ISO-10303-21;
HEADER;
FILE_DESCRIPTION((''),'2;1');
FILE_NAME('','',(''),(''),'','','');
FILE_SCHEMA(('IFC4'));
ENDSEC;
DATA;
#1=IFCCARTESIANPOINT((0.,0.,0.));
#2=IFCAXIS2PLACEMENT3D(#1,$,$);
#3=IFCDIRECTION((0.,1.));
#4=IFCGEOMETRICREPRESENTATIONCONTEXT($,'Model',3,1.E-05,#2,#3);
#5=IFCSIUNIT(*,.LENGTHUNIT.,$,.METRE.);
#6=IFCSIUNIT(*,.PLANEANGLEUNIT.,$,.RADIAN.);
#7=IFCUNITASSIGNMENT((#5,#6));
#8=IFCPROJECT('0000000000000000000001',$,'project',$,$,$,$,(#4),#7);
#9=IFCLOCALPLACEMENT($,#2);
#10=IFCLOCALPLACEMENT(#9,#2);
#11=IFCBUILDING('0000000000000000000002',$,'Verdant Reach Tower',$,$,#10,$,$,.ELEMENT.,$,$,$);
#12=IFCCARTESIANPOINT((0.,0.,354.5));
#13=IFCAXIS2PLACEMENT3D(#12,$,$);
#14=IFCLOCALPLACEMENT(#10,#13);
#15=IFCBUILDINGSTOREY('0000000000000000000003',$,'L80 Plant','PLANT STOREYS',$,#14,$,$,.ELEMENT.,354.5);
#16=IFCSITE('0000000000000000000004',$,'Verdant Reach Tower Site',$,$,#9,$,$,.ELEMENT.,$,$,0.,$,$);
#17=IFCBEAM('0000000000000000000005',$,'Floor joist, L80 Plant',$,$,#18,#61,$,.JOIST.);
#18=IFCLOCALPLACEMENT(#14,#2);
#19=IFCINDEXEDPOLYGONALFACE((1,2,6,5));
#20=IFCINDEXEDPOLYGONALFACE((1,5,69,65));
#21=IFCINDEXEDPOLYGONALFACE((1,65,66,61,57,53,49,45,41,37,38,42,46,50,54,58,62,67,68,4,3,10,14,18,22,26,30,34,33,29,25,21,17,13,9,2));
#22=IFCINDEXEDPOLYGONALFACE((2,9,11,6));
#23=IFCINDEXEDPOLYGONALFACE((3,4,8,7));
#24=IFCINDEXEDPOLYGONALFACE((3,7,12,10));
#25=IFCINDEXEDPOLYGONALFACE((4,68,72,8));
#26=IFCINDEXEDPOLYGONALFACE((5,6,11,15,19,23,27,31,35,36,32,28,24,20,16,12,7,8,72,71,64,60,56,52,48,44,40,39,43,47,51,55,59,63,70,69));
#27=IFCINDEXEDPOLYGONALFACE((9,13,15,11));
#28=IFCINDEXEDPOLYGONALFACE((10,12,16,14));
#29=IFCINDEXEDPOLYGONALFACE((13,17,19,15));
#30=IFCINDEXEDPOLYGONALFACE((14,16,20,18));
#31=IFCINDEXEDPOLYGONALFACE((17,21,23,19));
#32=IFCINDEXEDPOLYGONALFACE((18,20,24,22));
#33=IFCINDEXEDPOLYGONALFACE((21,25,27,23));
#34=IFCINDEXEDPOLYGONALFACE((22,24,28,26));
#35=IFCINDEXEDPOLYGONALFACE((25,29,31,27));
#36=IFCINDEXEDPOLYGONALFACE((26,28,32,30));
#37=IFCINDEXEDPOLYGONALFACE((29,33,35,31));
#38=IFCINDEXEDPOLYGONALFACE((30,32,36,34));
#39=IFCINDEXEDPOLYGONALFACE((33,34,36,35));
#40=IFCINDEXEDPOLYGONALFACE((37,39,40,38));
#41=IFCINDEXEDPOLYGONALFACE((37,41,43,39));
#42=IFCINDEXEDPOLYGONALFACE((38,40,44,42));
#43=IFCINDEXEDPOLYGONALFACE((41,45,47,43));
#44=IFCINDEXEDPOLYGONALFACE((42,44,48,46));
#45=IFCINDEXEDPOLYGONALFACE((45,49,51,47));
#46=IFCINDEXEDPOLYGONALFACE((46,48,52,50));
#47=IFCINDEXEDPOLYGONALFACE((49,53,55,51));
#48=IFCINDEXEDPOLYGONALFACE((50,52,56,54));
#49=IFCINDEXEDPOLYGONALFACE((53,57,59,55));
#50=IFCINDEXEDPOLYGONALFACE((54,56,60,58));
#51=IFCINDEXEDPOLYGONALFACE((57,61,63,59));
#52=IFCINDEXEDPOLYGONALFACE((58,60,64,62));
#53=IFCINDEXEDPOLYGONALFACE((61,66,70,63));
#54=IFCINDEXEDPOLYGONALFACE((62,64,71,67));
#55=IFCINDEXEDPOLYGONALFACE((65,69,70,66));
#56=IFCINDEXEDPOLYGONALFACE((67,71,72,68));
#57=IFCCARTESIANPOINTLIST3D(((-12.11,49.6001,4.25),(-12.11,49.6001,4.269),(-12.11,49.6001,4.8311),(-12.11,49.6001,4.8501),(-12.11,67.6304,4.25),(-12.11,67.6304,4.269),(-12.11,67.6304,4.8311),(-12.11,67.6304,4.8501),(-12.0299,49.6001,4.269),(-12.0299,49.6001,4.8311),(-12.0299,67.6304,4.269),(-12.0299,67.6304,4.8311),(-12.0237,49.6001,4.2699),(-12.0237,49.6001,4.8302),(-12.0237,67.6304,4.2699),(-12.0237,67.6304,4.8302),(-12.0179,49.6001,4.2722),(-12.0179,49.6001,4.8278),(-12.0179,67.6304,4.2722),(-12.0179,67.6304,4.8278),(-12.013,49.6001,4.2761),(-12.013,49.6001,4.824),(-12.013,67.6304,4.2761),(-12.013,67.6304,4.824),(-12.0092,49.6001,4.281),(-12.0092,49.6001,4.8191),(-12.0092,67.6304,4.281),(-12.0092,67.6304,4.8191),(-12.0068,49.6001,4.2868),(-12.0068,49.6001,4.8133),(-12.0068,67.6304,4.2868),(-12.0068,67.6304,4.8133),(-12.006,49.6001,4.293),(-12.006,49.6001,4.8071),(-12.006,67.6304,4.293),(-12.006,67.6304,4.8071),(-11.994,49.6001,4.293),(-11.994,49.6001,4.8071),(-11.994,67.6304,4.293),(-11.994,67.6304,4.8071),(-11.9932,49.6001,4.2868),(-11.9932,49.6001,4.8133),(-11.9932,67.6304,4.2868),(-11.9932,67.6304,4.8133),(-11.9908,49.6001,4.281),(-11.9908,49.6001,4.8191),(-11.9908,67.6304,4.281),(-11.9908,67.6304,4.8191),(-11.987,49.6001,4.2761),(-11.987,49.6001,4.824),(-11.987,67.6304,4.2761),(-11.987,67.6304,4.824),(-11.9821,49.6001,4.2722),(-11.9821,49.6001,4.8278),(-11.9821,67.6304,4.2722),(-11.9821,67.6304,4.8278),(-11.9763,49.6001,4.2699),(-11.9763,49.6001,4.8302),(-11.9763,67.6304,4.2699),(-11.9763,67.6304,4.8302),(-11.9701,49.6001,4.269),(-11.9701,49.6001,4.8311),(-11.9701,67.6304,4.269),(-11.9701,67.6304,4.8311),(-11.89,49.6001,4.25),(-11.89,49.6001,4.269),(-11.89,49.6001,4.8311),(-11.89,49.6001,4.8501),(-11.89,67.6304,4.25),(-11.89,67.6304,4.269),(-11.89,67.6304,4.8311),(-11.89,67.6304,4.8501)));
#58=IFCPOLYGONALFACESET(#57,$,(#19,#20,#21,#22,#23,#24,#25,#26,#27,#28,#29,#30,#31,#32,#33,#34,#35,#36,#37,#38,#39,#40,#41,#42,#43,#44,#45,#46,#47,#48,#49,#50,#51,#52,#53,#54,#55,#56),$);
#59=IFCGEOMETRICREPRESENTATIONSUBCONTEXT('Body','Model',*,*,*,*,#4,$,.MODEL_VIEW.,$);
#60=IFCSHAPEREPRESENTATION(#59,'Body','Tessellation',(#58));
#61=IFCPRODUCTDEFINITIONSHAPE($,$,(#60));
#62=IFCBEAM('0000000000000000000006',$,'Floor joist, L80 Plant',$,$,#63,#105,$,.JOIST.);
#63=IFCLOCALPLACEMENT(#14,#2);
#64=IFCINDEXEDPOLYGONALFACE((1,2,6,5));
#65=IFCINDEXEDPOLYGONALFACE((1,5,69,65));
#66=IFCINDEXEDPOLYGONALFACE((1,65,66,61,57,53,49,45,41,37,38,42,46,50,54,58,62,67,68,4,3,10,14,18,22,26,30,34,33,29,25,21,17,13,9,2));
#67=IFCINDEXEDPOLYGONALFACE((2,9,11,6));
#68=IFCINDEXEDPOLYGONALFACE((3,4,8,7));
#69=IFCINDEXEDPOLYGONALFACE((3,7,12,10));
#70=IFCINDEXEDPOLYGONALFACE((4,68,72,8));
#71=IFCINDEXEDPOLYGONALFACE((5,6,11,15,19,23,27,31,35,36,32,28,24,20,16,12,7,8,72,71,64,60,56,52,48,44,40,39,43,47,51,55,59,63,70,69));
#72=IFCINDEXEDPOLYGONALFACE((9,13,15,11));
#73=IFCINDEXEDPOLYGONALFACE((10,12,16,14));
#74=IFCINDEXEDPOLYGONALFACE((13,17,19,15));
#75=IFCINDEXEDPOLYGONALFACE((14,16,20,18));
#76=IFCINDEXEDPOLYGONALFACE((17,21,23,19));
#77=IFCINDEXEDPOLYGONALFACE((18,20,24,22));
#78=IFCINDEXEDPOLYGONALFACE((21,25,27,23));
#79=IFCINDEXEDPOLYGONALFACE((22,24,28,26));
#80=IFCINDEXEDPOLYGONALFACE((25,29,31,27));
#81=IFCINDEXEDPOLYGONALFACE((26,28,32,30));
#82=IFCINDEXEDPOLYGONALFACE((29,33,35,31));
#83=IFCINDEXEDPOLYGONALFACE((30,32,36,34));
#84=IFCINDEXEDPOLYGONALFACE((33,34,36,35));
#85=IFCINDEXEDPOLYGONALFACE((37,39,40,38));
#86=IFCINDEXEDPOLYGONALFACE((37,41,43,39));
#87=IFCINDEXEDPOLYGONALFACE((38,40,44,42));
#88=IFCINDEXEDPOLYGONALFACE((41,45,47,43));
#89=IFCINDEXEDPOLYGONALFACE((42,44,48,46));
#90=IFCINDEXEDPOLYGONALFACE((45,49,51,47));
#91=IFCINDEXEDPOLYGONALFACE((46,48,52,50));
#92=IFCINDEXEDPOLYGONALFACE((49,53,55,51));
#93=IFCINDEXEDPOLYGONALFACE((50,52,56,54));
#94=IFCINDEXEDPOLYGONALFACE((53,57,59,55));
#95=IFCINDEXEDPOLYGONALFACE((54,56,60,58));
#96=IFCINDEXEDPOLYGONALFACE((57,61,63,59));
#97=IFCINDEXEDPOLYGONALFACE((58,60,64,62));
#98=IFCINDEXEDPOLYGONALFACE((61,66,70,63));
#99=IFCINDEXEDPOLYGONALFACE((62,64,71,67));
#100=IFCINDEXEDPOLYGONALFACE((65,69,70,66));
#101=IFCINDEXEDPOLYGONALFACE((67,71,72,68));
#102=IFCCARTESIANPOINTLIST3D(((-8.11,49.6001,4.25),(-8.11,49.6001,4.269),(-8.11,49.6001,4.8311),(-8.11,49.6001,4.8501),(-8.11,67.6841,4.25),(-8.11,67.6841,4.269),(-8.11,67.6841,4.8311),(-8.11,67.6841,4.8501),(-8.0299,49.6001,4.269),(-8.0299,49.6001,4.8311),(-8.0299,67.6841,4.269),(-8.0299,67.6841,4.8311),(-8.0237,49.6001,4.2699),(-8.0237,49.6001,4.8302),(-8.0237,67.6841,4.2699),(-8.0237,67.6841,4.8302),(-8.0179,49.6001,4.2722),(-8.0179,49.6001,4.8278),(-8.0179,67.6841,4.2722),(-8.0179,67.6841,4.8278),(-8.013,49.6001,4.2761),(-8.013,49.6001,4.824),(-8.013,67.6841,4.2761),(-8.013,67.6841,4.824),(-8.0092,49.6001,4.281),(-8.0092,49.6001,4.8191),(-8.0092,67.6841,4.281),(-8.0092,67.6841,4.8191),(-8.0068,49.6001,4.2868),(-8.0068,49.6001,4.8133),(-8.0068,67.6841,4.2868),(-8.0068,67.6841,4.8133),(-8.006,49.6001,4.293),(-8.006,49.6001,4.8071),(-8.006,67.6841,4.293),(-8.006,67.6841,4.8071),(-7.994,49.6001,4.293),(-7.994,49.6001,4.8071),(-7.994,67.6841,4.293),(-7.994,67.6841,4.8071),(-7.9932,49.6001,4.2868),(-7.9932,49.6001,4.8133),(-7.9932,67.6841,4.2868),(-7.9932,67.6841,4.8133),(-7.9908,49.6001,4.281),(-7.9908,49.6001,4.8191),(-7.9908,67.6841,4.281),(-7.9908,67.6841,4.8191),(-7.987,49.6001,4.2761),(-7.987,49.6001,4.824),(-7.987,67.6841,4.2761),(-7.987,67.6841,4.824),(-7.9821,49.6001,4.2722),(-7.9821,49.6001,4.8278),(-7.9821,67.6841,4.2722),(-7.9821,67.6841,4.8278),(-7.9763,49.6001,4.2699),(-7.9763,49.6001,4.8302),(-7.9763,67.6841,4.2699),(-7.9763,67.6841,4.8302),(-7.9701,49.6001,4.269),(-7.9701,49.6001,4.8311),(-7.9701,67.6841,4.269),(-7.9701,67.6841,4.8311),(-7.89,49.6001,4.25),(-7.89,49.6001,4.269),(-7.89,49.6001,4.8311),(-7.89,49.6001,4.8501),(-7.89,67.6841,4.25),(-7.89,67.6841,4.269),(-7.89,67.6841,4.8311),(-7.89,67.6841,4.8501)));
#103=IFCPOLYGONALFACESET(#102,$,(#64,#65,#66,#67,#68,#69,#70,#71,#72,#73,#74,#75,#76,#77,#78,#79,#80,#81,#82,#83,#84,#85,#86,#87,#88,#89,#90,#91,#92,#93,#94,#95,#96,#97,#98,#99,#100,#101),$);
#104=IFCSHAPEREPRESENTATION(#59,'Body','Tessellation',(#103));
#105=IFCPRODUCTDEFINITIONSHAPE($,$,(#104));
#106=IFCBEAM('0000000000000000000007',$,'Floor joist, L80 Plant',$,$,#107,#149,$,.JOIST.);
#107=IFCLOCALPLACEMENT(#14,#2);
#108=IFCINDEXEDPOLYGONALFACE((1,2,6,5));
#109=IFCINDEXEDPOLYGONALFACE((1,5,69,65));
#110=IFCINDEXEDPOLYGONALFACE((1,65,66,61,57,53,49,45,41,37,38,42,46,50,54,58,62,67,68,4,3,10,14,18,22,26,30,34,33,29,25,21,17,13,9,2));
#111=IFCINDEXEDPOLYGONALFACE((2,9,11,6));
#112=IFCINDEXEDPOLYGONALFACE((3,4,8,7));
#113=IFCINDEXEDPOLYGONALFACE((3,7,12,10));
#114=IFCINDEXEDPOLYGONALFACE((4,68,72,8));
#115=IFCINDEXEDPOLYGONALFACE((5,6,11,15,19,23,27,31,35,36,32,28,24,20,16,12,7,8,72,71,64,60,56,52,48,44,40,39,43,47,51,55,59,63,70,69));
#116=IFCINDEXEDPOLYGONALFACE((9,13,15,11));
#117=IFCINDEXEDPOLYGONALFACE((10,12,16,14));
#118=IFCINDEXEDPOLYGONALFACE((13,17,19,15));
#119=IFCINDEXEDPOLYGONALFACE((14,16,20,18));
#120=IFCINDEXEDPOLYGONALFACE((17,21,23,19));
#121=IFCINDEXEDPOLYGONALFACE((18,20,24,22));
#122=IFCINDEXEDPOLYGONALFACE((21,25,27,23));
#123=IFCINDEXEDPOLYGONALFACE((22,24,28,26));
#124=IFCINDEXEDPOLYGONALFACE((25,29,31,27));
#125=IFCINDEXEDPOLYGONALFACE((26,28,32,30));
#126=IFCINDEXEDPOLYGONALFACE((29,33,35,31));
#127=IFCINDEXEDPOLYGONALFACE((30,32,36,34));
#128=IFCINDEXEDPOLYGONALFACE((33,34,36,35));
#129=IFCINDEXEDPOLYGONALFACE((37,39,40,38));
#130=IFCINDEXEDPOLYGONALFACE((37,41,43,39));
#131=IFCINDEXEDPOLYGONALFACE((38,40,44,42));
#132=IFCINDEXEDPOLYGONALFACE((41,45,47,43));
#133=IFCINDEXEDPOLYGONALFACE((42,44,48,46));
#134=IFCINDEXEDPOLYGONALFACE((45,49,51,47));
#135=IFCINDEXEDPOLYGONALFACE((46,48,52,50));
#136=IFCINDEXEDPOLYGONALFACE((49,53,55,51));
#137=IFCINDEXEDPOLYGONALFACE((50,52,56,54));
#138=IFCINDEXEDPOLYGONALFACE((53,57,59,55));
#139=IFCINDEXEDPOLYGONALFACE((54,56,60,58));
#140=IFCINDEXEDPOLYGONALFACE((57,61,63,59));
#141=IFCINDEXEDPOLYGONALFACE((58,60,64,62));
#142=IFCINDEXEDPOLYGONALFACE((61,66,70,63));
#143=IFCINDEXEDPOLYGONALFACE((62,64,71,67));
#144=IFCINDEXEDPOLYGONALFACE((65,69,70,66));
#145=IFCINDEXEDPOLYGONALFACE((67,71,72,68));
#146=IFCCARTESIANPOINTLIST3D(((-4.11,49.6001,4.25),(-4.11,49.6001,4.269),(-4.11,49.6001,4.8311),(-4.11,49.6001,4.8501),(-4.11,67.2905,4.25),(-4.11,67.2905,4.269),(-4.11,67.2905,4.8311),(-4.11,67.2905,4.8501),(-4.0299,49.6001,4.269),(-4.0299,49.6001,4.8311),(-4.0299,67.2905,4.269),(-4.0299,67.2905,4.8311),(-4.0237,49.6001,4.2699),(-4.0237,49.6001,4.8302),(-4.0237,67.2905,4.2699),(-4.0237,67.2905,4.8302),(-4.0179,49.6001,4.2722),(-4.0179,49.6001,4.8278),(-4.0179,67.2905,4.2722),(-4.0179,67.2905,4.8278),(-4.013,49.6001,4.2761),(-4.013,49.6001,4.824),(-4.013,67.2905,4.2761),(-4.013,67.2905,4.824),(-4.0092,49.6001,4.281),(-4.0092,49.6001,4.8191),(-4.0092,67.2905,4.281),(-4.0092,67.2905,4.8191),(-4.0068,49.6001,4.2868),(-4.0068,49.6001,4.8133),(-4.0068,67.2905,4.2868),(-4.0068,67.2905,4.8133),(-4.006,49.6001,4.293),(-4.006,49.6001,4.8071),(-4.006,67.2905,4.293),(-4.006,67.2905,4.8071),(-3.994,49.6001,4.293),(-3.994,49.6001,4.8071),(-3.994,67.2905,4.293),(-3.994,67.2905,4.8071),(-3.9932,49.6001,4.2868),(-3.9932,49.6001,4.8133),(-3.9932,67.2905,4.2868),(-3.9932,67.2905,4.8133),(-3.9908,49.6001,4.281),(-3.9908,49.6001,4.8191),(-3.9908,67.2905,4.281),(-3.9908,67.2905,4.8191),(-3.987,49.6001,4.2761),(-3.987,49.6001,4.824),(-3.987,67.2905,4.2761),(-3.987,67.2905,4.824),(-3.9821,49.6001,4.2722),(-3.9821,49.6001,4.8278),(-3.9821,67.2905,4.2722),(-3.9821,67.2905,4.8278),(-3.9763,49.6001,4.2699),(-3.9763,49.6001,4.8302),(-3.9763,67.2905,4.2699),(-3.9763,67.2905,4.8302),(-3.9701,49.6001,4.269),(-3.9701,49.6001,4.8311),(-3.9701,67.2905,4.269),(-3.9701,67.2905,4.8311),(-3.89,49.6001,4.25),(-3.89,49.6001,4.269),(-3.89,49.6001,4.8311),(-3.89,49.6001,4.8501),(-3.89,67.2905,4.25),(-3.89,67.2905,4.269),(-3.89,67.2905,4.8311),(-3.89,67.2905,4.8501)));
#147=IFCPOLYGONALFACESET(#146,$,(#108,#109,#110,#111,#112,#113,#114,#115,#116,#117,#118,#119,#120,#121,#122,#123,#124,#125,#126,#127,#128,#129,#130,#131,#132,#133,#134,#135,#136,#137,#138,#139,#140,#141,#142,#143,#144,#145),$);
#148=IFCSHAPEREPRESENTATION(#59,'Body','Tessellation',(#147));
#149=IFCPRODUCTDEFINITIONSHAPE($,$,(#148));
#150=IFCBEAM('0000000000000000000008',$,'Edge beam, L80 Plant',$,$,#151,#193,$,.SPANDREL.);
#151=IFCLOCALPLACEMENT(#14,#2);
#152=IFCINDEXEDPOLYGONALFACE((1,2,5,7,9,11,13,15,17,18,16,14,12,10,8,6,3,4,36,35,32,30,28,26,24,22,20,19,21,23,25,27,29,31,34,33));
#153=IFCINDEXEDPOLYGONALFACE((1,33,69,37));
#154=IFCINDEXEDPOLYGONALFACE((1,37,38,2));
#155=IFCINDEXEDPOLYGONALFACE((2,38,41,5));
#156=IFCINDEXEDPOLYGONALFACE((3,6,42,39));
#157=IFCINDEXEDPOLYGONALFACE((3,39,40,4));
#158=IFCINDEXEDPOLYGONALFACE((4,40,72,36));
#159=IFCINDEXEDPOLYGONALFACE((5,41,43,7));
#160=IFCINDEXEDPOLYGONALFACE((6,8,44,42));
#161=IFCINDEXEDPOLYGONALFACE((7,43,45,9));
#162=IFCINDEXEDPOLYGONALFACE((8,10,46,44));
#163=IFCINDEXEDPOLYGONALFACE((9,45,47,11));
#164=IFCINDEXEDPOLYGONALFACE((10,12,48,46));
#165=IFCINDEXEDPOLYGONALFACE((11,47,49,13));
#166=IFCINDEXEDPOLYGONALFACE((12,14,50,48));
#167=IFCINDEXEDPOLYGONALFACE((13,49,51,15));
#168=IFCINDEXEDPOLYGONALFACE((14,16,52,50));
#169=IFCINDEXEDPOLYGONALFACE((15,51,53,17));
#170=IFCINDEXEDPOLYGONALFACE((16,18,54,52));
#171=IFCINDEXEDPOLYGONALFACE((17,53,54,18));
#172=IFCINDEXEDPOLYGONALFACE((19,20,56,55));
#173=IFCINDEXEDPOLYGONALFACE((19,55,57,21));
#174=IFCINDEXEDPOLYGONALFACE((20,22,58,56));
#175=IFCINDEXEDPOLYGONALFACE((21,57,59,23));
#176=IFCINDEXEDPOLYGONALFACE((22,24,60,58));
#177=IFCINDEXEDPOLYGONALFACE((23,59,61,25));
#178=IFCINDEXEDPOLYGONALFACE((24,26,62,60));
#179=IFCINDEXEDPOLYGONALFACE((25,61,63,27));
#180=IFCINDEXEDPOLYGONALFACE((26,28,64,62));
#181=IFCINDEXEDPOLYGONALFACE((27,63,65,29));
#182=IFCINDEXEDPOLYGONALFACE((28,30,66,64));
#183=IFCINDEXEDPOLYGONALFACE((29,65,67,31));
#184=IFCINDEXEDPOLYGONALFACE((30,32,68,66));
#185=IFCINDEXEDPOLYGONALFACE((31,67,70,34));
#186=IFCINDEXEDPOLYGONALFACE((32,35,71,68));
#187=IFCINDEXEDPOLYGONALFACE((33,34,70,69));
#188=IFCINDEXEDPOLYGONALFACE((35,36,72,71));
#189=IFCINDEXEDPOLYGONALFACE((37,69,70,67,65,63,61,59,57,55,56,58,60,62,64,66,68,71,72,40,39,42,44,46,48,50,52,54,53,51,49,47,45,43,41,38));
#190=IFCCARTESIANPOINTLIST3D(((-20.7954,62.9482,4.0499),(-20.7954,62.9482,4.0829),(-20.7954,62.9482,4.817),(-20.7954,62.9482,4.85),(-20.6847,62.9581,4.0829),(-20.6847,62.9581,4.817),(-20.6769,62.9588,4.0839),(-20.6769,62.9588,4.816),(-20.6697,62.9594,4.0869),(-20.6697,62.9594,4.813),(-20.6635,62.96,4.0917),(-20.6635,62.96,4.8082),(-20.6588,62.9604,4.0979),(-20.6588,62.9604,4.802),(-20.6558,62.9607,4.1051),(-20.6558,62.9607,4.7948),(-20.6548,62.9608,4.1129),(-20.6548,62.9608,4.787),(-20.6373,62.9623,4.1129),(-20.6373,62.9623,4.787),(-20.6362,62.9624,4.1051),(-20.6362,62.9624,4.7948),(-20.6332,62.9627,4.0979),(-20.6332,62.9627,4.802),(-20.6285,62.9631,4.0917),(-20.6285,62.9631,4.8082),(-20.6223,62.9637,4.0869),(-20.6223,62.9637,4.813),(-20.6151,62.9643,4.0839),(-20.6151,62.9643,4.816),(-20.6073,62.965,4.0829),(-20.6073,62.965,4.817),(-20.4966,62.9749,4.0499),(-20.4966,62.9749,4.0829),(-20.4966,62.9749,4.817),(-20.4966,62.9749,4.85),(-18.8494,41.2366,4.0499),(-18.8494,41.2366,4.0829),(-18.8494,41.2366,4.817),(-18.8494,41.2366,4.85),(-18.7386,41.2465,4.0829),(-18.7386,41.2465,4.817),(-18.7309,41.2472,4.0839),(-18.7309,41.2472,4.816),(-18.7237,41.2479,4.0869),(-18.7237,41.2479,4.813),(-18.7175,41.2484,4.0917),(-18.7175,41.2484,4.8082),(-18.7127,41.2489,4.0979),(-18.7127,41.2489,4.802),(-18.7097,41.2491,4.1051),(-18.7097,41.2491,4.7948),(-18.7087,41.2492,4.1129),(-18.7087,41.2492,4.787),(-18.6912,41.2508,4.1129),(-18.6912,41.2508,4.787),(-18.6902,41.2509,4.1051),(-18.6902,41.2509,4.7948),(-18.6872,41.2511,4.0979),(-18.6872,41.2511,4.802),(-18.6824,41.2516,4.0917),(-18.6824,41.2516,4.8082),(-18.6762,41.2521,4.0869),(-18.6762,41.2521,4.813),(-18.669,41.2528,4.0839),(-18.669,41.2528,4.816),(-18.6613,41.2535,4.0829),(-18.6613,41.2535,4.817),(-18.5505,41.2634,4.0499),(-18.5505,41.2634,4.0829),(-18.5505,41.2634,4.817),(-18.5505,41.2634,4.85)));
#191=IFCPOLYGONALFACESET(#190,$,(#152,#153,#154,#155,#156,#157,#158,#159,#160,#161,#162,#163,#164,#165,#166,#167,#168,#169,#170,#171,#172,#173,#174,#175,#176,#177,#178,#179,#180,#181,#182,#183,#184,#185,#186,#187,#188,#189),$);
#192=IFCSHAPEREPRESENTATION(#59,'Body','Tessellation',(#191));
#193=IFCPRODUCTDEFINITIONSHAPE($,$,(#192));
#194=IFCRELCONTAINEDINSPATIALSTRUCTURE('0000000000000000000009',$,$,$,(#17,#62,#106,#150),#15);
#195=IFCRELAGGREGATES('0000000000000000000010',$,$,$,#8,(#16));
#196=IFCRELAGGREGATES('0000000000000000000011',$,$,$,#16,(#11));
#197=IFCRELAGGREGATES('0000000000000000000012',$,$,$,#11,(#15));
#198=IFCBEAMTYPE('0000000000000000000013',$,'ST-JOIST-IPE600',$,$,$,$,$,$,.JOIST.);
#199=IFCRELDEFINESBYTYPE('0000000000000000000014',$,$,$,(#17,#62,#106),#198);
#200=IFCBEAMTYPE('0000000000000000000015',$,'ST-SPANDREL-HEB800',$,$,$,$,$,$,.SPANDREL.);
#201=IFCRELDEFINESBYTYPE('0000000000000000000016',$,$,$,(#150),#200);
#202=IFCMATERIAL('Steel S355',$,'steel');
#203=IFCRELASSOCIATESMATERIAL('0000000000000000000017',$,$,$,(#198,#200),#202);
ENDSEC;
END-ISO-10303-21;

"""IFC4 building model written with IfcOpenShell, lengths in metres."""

from ifc_helpers import new_model, si_unit, direction, frame, origin, origin_2d, place, context, subcontext, project, spatial, i_section, extrude, material, material_profile, profile_set, type_object, element, save


model = new_model("IFC4")

# Units and contexts
model_context = context("Model", 3, precision=1e-05, world=origin(), true_north=direction((0.0, 1.0)))
body_context = subcontext(model_context, "Body", "Model", "MODEL_VIEW")
ifc_project = project(units=[si_unit("LENGTHUNIT", "METRE"), si_unit("PLANEANGLEUNIT", "RADIAN")], contexts=[model_context])

# Site, building, storey
site_placement = place(None, origin())
site = spatial("IfcSite", under=ifc_project, at=site_placement, Name="Verdant Reach Tower Site", CompositionType="ELEMENT", RefElevation=0.0)
building_placement = place(site_placement, origin())
building = spatial("IfcBuilding", under=site, at=building_placement, Name="Verdant Reach Tower", CompositionType="ELEMENT")
storey_placement = place(building_placement, frame((0.0, 0.0, 354.5)))
storey = spatial("IfcBuildingStorey", under=building, at=storey_placement, Name="L80 Plant", Description="PLANT STOREYS", CompositionType="ELEMENT", Elevation=354.5)

# Beams
ifc_material_1 = material(Name="Steel S355", Category="steel")
ifc_material_profile_1 = material_profile(ifc_material_1, i_section(OverallWidth=0.22, OverallDepth=0.6001, WebThickness=0.012, FlangeThickness=0.019, FilletRadius=0.0239, at=origin_2d()), Name="IPE 600")
ifc_profile_set_1 = profile_set([ifc_material_profile_1], Name="Steel S355")
beam_type_1 = type_object("IfcBeamType", Name="ST-JOIST-IPE600", PredefinedType="JOIST", material=ifc_profile_set_1)
beam_1_placement = place(storey_placement, frame((-12.0, 49.6001, 4.55), z_axis=(0.0, 1.0, 0.0), x_axis=(-1.0, 0.0, 0.0)))
element("IfcBeam", 1, at=beam_1_placement, inside=storey, type_object=beam_type_1, Name="Floor joist, L80 Plant", PredefinedType="JOIST", context=body_context, shape_type="SweptSolid", body=[
    extrude(i_section(OverallWidth=0.22, OverallDepth=0.6001, WebThickness=0.012, FlangeThickness=0.019, FilletRadius=0.0239, at=origin_2d()), origin(), (0.0, 0.0, 1.0), 18.0303),
])
beam_2_placement = place(storey_placement, frame((-8.0, 49.6001, 4.55), z_axis=(0.0, 1.0, 0.0), x_axis=(-1.0, 0.0, 0.0)))
element("IfcBeam", 2, at=beam_2_placement, inside=storey, type_object=beam_type_1, Name="Floor joist, L80 Plant", PredefinedType="JOIST", context=body_context, shape_type="SweptSolid", body=[
    extrude(i_section(OverallWidth=0.22, OverallDepth=0.6001, WebThickness=0.012, FlangeThickness=0.019, FilletRadius=0.0239, at=origin_2d()), origin(), (0.0, 0.0, 1.0), 18.084),
])
beam_3_placement = place(storey_placement, frame((-4.0, 49.6001, 4.55), z_axis=(0.0, 1.0, 0.0), x_axis=(-1.0, 0.0, 0.0)))
element("IfcBeam", 3, at=beam_3_placement, inside=storey, type_object=beam_type_1, Name="Floor joist, L80 Plant", PredefinedType="JOIST", context=body_context, shape_type="SweptSolid", body=[
    extrude(i_section(OverallWidth=0.22, OverallDepth=0.6001, WebThickness=0.012, FlangeThickness=0.019, FilletRadius=0.0239, at=origin_2d()), origin(), (0.0, 0.0, 1.0), 17.6904),
])
ifc_material_profile_2 = material_profile(ifc_material_1, i_section(OverallWidth=0.3, OverallDepth=0.8, WebThickness=0.0176, FlangeThickness=0.033, FilletRadius=0.03, at=origin_2d()), Name="HEB 800")
ifc_profile_set_2 = profile_set([ifc_material_profile_2], Name="Steel S355")
beam_type_2 = type_object("IfcBeamType", Name="ST-SPANDREL-HEB800", PredefinedType="SPANDREL", material=ifc_profile_set_2)
beam_4_placement = place(storey_placement, frame((-18.7, 41.25, 4.45), z_axis=(-0.089274, 0.996007, 0.0), x_axis=(-0.996007, -0.089274, 0.0)))
element("IfcBeam", 4, at=beam_4_placement, inside=storey, type_object=beam_type_2, Name="Edge beam, L80 Plant", PredefinedType="SPANDREL", context=body_context, shape_type="SweptSolid", body=[
    extrude(i_section(OverallWidth=0.3, OverallDepth=0.8, WebThickness=0.0176, FlangeThickness=0.033, FilletRadius=0.03, at=origin_2d()), origin(), (0.0, 0.0, 1.0), 21.7986),
])

save(model, "model.ifc")
